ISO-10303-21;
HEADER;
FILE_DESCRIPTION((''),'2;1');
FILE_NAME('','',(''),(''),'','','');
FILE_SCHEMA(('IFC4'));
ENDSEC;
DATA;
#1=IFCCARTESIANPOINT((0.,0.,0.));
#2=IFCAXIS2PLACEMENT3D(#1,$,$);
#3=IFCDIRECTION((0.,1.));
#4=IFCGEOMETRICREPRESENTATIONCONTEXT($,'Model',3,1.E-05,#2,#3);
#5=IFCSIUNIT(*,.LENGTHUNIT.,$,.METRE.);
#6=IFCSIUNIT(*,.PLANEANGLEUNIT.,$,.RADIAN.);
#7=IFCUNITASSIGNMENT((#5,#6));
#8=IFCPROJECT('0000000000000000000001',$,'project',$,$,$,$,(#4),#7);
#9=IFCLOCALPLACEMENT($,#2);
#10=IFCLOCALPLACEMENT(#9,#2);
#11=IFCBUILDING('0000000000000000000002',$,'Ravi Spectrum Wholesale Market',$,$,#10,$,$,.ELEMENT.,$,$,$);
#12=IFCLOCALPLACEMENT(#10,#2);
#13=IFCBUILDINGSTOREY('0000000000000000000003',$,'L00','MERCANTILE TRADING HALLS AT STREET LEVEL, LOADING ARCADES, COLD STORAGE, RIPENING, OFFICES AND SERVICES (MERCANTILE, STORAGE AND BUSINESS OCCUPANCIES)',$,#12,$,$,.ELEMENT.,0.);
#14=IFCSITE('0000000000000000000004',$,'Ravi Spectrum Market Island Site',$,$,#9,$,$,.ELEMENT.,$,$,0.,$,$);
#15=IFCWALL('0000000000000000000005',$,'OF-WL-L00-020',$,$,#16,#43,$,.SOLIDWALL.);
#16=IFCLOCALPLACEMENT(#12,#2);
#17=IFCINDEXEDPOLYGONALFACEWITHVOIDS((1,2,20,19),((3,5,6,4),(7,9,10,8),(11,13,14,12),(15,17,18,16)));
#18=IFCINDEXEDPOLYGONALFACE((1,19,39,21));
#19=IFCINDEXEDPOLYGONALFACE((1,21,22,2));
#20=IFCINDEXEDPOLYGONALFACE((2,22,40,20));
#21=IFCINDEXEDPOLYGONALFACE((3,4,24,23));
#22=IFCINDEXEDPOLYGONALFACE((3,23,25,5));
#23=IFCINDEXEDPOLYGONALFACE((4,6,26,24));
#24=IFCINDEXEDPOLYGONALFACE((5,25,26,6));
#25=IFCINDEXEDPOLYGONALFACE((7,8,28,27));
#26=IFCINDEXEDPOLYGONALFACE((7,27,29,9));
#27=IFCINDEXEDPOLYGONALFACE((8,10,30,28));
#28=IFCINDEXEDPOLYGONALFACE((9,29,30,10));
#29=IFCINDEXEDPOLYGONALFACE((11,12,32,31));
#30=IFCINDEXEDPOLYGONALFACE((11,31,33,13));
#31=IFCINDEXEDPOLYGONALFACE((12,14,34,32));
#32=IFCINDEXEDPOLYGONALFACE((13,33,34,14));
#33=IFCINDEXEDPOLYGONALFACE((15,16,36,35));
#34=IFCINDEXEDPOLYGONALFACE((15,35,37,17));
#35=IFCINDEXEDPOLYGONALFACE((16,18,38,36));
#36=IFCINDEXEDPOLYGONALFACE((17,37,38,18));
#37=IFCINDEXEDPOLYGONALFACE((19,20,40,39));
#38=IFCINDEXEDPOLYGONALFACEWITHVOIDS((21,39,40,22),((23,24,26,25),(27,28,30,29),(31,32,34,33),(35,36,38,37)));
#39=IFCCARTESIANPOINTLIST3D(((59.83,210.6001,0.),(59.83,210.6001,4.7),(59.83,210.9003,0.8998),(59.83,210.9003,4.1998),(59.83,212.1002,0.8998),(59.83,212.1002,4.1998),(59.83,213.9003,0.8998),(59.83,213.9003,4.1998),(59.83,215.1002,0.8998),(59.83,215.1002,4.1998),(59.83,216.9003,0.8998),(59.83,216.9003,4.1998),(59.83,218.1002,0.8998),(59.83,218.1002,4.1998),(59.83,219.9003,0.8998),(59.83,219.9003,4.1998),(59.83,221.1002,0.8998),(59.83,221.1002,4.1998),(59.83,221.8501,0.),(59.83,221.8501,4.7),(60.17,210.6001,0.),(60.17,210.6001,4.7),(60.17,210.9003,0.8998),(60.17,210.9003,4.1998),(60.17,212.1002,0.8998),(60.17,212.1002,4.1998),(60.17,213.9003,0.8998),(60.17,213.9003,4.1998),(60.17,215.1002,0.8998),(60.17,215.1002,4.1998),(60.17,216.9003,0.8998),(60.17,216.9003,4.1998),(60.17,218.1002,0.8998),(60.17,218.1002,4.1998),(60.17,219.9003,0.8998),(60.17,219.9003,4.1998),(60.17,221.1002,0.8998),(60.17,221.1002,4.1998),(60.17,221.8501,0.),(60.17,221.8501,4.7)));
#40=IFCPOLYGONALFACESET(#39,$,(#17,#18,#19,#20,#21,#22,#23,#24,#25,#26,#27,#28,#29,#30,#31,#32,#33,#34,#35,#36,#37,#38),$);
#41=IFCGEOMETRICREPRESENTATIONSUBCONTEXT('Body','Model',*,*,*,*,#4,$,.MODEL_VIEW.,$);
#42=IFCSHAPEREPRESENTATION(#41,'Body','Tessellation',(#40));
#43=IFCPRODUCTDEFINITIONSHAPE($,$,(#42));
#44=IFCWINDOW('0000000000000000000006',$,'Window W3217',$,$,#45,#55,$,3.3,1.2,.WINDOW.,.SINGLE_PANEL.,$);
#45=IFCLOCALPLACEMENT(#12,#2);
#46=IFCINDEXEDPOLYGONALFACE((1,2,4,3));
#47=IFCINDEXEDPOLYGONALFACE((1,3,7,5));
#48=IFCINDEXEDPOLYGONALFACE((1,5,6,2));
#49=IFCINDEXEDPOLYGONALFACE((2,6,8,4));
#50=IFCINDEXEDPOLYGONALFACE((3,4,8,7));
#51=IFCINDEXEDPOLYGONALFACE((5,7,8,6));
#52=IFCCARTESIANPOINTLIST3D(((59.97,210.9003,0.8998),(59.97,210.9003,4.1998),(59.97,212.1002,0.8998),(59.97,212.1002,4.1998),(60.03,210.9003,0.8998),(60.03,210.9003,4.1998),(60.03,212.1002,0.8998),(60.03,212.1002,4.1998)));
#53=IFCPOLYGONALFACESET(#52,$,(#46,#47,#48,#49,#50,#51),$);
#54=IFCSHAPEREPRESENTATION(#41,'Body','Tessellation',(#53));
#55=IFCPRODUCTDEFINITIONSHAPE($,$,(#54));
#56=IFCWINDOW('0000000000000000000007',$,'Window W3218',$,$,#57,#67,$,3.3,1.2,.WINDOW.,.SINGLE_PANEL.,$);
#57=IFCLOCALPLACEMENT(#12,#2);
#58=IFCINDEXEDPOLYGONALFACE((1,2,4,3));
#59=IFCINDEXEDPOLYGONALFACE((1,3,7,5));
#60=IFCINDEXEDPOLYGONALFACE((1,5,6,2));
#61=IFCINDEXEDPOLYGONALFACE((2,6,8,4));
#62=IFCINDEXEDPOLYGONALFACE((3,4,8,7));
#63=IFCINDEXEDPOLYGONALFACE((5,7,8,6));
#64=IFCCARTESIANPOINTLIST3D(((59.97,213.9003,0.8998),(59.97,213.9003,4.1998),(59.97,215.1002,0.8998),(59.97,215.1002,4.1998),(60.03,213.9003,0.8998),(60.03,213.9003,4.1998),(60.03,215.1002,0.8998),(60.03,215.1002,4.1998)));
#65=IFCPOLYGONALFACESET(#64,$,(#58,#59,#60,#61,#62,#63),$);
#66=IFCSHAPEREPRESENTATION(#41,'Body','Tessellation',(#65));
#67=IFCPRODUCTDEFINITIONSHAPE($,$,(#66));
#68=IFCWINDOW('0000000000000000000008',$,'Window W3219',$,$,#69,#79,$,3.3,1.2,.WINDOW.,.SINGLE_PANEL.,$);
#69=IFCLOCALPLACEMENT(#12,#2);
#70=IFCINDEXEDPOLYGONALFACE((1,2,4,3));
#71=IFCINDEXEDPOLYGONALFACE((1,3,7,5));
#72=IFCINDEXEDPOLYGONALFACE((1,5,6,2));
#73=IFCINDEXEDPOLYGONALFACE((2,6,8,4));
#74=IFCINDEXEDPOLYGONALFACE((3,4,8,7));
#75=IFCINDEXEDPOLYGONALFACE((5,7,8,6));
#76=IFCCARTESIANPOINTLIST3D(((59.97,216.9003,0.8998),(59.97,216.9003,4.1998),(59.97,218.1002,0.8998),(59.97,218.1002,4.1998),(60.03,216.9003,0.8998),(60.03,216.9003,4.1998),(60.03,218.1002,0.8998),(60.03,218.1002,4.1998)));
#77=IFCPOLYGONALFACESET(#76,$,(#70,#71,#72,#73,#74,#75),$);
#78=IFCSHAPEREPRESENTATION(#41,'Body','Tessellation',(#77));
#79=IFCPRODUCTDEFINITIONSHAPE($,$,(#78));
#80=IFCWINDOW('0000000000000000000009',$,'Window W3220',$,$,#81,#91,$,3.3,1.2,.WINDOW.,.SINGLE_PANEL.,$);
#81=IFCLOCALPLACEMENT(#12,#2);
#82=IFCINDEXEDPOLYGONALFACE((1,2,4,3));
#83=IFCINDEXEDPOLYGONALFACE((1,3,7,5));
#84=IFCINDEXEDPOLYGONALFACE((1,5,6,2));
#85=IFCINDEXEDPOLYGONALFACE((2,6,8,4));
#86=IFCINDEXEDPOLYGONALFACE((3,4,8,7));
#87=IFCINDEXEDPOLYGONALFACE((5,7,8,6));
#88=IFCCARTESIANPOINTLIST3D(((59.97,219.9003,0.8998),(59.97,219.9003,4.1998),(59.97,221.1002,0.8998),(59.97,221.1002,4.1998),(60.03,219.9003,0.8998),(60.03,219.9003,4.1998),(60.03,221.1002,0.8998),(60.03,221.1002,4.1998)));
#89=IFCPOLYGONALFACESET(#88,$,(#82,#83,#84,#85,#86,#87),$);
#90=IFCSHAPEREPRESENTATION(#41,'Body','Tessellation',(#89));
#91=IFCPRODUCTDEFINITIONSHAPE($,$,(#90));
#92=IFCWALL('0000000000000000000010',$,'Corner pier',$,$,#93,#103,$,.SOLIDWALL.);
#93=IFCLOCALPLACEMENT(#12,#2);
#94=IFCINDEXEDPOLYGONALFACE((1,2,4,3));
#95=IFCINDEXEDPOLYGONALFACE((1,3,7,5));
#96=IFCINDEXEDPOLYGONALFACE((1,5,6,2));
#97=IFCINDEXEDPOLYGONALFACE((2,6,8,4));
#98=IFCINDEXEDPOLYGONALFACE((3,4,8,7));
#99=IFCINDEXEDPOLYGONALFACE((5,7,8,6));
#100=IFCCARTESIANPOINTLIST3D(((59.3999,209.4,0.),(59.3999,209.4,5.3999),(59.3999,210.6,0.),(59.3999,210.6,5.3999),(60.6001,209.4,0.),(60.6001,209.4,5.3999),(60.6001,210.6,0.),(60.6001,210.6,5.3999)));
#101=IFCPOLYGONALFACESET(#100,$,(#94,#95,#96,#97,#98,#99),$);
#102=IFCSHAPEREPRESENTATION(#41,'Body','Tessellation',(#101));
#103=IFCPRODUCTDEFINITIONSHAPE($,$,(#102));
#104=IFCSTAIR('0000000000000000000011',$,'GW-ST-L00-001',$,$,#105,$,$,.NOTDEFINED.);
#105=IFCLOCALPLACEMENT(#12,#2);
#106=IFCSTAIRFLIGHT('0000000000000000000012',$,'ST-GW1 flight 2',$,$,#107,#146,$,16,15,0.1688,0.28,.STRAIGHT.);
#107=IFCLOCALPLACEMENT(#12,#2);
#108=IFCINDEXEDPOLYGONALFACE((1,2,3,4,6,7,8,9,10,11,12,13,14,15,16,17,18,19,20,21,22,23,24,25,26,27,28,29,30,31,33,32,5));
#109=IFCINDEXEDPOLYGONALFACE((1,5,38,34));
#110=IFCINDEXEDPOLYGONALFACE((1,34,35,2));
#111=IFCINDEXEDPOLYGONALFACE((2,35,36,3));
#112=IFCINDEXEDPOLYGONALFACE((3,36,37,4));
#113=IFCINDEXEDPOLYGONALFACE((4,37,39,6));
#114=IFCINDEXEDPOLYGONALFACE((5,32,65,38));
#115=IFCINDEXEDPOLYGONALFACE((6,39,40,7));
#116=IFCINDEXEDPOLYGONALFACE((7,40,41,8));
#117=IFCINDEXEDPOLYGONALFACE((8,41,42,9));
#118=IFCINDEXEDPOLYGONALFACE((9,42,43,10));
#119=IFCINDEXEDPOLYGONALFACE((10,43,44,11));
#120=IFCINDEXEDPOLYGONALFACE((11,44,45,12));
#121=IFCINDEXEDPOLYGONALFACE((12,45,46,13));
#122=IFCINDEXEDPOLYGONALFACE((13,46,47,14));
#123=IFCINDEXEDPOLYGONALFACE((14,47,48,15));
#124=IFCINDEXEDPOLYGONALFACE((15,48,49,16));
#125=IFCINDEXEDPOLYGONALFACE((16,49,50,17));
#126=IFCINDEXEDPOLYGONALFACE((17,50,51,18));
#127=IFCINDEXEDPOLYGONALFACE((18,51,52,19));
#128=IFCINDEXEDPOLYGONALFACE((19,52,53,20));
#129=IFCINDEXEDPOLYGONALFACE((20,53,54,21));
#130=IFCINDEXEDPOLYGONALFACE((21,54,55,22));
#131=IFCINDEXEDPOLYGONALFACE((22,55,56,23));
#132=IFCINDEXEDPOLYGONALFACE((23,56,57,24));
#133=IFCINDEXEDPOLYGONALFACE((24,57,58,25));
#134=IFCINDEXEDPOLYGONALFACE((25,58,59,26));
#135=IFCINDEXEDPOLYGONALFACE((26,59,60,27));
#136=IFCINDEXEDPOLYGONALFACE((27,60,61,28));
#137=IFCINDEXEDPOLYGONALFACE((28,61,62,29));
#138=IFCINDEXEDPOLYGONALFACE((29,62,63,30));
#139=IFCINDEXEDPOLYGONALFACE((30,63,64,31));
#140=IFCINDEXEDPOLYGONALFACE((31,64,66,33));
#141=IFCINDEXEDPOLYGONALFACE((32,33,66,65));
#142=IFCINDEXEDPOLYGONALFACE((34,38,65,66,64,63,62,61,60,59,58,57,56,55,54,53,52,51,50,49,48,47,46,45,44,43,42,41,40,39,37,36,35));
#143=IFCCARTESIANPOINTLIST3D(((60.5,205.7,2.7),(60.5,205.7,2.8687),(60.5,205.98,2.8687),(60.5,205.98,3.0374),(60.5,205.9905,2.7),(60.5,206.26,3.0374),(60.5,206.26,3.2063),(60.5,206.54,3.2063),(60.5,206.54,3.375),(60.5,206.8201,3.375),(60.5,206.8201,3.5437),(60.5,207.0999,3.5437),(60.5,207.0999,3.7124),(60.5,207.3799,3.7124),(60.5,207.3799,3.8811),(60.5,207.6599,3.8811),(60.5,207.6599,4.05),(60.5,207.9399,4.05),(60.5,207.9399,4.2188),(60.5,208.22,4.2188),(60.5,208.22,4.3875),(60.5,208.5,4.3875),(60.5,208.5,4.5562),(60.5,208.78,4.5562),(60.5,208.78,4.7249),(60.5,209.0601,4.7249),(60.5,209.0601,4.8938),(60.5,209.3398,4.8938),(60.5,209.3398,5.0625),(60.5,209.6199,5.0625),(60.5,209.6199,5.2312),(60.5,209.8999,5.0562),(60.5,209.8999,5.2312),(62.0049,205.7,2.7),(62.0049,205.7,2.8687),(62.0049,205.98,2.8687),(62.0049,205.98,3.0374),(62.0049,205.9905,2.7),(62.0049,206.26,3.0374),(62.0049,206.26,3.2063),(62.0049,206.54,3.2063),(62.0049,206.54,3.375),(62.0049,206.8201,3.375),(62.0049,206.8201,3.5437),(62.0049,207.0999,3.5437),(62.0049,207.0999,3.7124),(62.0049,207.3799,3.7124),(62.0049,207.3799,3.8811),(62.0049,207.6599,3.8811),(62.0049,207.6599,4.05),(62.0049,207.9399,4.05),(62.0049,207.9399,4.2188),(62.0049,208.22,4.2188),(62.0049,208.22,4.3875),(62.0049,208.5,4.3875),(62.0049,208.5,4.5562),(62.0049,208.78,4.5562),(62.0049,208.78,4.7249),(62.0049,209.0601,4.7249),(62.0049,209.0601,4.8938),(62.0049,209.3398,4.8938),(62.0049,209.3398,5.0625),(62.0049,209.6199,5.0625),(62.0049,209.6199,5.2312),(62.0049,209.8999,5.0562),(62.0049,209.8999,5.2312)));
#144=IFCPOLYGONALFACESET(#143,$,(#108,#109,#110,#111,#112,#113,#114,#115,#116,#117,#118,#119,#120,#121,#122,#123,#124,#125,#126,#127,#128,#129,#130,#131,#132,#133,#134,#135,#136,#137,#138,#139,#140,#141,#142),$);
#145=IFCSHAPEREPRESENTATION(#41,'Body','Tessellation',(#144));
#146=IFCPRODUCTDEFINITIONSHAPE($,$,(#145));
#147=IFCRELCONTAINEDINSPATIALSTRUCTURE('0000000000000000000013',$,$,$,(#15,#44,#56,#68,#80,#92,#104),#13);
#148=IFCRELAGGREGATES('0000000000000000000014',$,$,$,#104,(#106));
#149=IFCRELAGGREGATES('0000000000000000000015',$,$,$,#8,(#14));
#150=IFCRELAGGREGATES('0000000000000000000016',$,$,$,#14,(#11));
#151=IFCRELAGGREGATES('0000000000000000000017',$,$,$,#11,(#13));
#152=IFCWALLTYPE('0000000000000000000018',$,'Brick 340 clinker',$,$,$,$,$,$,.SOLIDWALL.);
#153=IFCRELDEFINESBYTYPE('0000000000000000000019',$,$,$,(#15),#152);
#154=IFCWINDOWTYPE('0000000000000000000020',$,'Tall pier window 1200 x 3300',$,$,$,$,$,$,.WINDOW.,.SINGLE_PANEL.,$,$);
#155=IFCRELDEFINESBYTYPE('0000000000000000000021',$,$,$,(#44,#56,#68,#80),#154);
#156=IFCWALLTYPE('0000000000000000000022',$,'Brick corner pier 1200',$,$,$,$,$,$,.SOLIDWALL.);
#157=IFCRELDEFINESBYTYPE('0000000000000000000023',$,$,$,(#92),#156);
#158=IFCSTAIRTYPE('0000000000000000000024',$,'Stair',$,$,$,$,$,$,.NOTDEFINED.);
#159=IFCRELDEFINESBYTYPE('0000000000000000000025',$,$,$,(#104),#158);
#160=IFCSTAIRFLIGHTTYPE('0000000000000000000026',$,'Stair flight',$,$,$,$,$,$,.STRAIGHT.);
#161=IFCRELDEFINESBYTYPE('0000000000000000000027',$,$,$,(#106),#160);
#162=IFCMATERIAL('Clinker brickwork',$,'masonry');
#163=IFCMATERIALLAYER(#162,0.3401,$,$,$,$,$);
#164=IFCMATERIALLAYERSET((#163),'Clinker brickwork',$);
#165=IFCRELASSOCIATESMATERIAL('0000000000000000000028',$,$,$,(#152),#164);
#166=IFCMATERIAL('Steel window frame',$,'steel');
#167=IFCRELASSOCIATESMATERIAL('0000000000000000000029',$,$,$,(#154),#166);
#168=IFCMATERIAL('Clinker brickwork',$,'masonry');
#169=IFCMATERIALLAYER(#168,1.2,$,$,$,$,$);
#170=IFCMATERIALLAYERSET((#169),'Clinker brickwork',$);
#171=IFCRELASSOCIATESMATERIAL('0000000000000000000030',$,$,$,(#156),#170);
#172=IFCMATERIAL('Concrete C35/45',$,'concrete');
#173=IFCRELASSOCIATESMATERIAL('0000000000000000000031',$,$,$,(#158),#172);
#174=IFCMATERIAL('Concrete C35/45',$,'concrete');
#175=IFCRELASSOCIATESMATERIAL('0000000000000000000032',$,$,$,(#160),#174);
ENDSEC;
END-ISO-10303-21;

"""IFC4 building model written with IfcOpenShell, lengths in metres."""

from ifc_helpers import new_model, si_unit, direction, frame, frame_2d, origin, place, context, subcontext, project, spatial, polyline, rectangle, outline, extrude, material, layer, layer_set, type_object, element, fill, aggregate, save


model = new_model("IFC4")

# Units and contexts
model_context = context("Model", 3, precision=1e-05, world=origin(), true_north=direction((0.0, 1.0)))
body_context = subcontext(model_context, "Body", "Model", "MODEL_VIEW")
ifc_project = project(units=[si_unit("LENGTHUNIT", "METRE"), si_unit("PLANEANGLEUNIT", "RADIAN")], contexts=[model_context])

# Site, building, storey
site_placement = place(None, origin())
site = spatial("IfcSite", under=ifc_project, at=site_placement, Name="Ravi Spectrum Market Island Site", CompositionType="ELEMENT", RefElevation=0.0)
building_placement = place(site_placement, origin())
building = spatial("IfcBuilding", under=site, at=building_placement, Name="Ravi Spectrum Wholesale Market", CompositionType="ELEMENT")
storey_placement = place(building_placement, origin())
storey = spatial("IfcBuildingStorey", under=building, at=storey_placement, Name="L00", Description="MERCANTILE TRADING HALLS AT STREET LEVEL, LOADING ARCADES, COLD STORAGE, RIPENING, OFFICES AND SERVICES (MERCANTILE, STORAGE AND BUSINESS OCCUPANCIES)", CompositionType="ELEMENT", Elevation=0.0)

# Shared definitions
ifc_material_1 = material(Name="Clinker brickwork", Category="masonry")
ifc_layer_1 = layer(ifc_material_1, 0.3401)
ifc_layer_set_1 = layer_set([ifc_layer_1], Name="Clinker brickwork")
wall_type_1 = type_object("IfcWallType", Name="Brick 340 clinker", PredefinedType="SOLIDWALL", material=ifc_layer_set_1)
ifc_material_2 = material(Name="Steel window frame", Category="steel")
window_type = type_object("IfcWindowType", Name="Tall pier window 1200 x 3300", PartitioningType="SINGLE_PANEL", PredefinedType="WINDOW", material=ifc_material_2)

# Wall, openings, windows
wall_1_placement = place(storey_placement, frame((60.0, 210.6001, 0.0), z_axis=(0.0, 0.0, 1.0), x_axis=(0.0, 1.0, 0.0)))
wall_1 = element("IfcWall", 1, at=wall_1_placement, inside=storey, type_object=wall_type_1, Name="OF-WL-L00-020", PredefinedType="SOLIDWALL", context=body_context, shape_type="SweptSolid", body=[
    extrude(rectangle(XDim=11.25, YDim=0.3401, at=frame_2d((5.625, 0.0))), origin(), (0.0, 0.0, 1.0), 4.7),
])
opening_1_placement = place(wall_1_placement, frame((0.3, 0.0, 0.8999)))
opening_1 = element("IfcOpeningElement", 2, at=opening_1_placement, cuts=wall_1, PredefinedType="OPENING", context=body_context, shape_type="SweptSolid", body=[
    extrude(rectangle(XDim=1.2, YDim=3.3, at=frame_2d((0.6001, 1.6499))), frame((0.0, 0.1799, 0.0), z_axis=(0.0, -1.0, 0.0), x_axis=(1.0, 0.0, 0.0)), (0.0, 0.0, 1.0), 0.3601),
])
opening_2_placement = place(wall_1_placement, frame((3.3, 0.0, 0.8999)))
opening_2 = element("IfcOpeningElement", 3, at=opening_2_placement, cuts=wall_1, PredefinedType="OPENING", context=body_context, shape_type="SweptSolid", body=[
    extrude(rectangle(XDim=1.2, YDim=3.3, at=frame_2d((0.6001, 1.6499))), frame((0.0, 0.1799, 0.0), z_axis=(0.0, -1.0, 0.0), x_axis=(1.0, 0.0, 0.0)), (0.0, 0.0, 1.0), 0.3601),
])
opening_3_placement = place(wall_1_placement, frame((6.3, 0.0, 0.8999)))
opening_3 = element("IfcOpeningElement", 4, at=opening_3_placement, cuts=wall_1, PredefinedType="OPENING", context=body_context, shape_type="SweptSolid", body=[
    extrude(rectangle(XDim=1.2, YDim=3.3, at=frame_2d((0.6001, 1.6499))), frame((0.0, 0.1799, 0.0), z_axis=(0.0, -1.0, 0.0), x_axis=(1.0, 0.0, 0.0)), (0.0, 0.0, 1.0), 0.3601),
])
opening_4_placement = place(wall_1_placement, frame((9.3, 0.0, 0.8999)))
opening_4 = element("IfcOpeningElement", 5, at=opening_4_placement, cuts=wall_1, PredefinedType="OPENING", context=body_context, shape_type="SweptSolid", body=[
    extrude(rectangle(XDim=1.2, YDim=3.3, at=frame_2d((0.6001, 1.6499))), frame((0.0, 0.1799, 0.0), z_axis=(0.0, -1.0, 0.0), x_axis=(1.0, 0.0, 0.0)), (0.0, 0.0, 1.0), 0.3601),
])
window_1_placement = place(opening_1_placement, origin())
window_1 = element("IfcWindow", 6, at=window_1_placement, inside=storey, type_object=window_type, Name="Window W3217", OverallHeight=3.3, OverallWidth=1.2, PartitioningType="SINGLE_PANEL", PredefinedType="WINDOW", context=body_context, shape_type="SweptSolid", body=[
    extrude(rectangle(XDim=1.2, YDim=3.3, at=frame_2d((0.6001, 1.6499))), frame((0.0, 0.03, 0.0), z_axis=(0.0, -1.0, 0.0), x_axis=(1.0, 0.0, 0.0)), (0.0, 0.0, 1.0), 0.0601),
])
fill(opening_1, window_1)
window_2_placement = place(opening_2_placement, origin())
window_2 = element("IfcWindow", 7, at=window_2_placement, inside=storey, type_object=window_type, Name="Window W3218", OverallHeight=3.3, OverallWidth=1.2, PartitioningType="SINGLE_PANEL", PredefinedType="WINDOW", context=body_context, shape_type="SweptSolid", body=[
    extrude(rectangle(XDim=1.2, YDim=3.3, at=frame_2d((0.6001, 1.6499))), frame((0.0, 0.03, 0.0), z_axis=(0.0, -1.0, 0.0), x_axis=(1.0, 0.0, 0.0)), (0.0, 0.0, 1.0), 0.0601),
])
fill(opening_2, window_2)
window_3_placement = place(opening_3_placement, origin())
window_3 = element("IfcWindow", 8, at=window_3_placement, inside=storey, type_object=window_type, Name="Window W3219", OverallHeight=3.3, OverallWidth=1.2, PartitioningType="SINGLE_PANEL", PredefinedType="WINDOW", context=body_context, shape_type="SweptSolid", body=[
    extrude(rectangle(XDim=1.2, YDim=3.3, at=frame_2d((0.6001, 1.6499))), frame((0.0, 0.03, 0.0), z_axis=(0.0, -1.0, 0.0), x_axis=(1.0, 0.0, 0.0)), (0.0, 0.0, 1.0), 0.0601),
])
fill(opening_3, window_3)
window_4_placement = place(opening_4_placement, origin())
window_4 = element("IfcWindow", 9, at=window_4_placement, inside=storey, type_object=window_type, Name="Window W3220", OverallHeight=3.3, OverallWidth=1.2, PartitioningType="SINGLE_PANEL", PredefinedType="WINDOW", context=body_context, shape_type="SweptSolid", body=[
    extrude(rectangle(XDim=1.2, YDim=3.3, at=frame_2d((0.6001, 1.6499))), frame((0.0, 0.03, 0.0), z_axis=(0.0, -1.0, 0.0), x_axis=(1.0, 0.0, 0.0)), (0.0, 0.0, 1.0), 0.0601),
])
fill(opening_4, window_4)

# Wall
ifc_material_3 = material(Name="Clinker brickwork", Category="masonry")
ifc_layer_2 = layer(ifc_material_3, 1.2)
ifc_layer_set_2 = layer_set([ifc_layer_2], Name="Clinker brickwork")
wall_type_2 = type_object("IfcWallType", Name="Brick corner pier 1200", PredefinedType="SOLIDWALL", material=ifc_layer_set_2)
wall_2_placement = place(storey_placement, frame((59.3999, 210.0, 0.0), z_axis=(0.0, 0.0, 1.0), x_axis=(1.0, 0.0, 0.0)))
element("IfcWall", 10, at=wall_2_placement, inside=storey, type_object=wall_type_2, Name="Corner pier", PredefinedType="SOLIDWALL", context=body_context, shape_type="SweptSolid", body=[
    extrude(rectangle(XDim=1.2002, YDim=1.2, at=frame_2d((0.6001, 0.0))), origin(), (0.0, 0.0, 1.0), 5.3999),
])

# Stair, stair flight
ifc_material_4 = material(Name="Concrete C35/45", Category="concrete")
stair_type = type_object("IfcStairType", Name="Stair", PredefinedType="NOTDEFINED", material=ifc_material_4)
stair_placement = place(storey_placement, origin())
stair = element("IfcStair", 11, at=stair_placement, inside=storey, type_object=stair_type, Name="GW-ST-L00-001", PredefinedType="NOTDEFINED")
ifc_material_5 = material(Name="Concrete C35/45", Category="concrete")
stair_flight_type = type_object("IfcStairFlightType", Name="Stair flight", PredefinedType="STRAIGHT", material=ifc_material_5)
stair_flight_placement = place(storey_placement, frame((61.2524, 205.7, 2.7), z_axis=(0.0, 0.0, 1.0), x_axis=(0.0, 1.0, 0.0)))
stair_flight = element("IfcStairFlight", 12, at=stair_flight_placement, type_object=stair_flight_type, Name="ST-GW1 flight 2", NumberOfRisers=16, NumberOfTreads=15, PredefinedType="STRAIGHT", RiserHeight=0.1688, TreadLength=0.28, context=body_context, shape_type="SweptSolid", body=[
    extrude(outline(polyline([(0.0, 0.0), (0.0, 0.1687), (0.28, 0.1687), (0.28, 0.3374), (0.5601, 0.3374), (0.5601, 0.5063), (0.8401, 0.5063), (0.8401, 0.675), (1.1201, 0.675), (1.1201, 0.8438), (1.3999, 0.8438), (1.3999, 1.0125), (1.6799, 1.0125), (1.6799, 1.1812), (1.96, 1.1812), (1.96, 1.3501), (2.24, 1.3501), (2.24, 1.5188), (2.52, 1.5188), (2.52, 1.6875), (2.8, 1.6875), (2.8, 1.8562), (3.0801, 1.8562), (3.0801, 2.0249), (3.3601, 2.0249), (3.3601, 2.1938), (3.6399, 2.1938), (3.6399, 2.3625), (3.9199, 2.3625), (3.9199, 2.5312), (4.2, 2.5312), (4.2, 2.7), (4.2, 2.3562), (0.2905, 0.0), (0.0, 0.0)])), frame((0.0, 0.7524, 0.0), z_axis=(0.0, -1.0, 0.0), x_axis=(1.0, 0.0, 0.0)), (0.0, 0.0, 1.0), 1.5049),
])
aggregate(stair, [stair_flight])

save(model, "model.ifc")
